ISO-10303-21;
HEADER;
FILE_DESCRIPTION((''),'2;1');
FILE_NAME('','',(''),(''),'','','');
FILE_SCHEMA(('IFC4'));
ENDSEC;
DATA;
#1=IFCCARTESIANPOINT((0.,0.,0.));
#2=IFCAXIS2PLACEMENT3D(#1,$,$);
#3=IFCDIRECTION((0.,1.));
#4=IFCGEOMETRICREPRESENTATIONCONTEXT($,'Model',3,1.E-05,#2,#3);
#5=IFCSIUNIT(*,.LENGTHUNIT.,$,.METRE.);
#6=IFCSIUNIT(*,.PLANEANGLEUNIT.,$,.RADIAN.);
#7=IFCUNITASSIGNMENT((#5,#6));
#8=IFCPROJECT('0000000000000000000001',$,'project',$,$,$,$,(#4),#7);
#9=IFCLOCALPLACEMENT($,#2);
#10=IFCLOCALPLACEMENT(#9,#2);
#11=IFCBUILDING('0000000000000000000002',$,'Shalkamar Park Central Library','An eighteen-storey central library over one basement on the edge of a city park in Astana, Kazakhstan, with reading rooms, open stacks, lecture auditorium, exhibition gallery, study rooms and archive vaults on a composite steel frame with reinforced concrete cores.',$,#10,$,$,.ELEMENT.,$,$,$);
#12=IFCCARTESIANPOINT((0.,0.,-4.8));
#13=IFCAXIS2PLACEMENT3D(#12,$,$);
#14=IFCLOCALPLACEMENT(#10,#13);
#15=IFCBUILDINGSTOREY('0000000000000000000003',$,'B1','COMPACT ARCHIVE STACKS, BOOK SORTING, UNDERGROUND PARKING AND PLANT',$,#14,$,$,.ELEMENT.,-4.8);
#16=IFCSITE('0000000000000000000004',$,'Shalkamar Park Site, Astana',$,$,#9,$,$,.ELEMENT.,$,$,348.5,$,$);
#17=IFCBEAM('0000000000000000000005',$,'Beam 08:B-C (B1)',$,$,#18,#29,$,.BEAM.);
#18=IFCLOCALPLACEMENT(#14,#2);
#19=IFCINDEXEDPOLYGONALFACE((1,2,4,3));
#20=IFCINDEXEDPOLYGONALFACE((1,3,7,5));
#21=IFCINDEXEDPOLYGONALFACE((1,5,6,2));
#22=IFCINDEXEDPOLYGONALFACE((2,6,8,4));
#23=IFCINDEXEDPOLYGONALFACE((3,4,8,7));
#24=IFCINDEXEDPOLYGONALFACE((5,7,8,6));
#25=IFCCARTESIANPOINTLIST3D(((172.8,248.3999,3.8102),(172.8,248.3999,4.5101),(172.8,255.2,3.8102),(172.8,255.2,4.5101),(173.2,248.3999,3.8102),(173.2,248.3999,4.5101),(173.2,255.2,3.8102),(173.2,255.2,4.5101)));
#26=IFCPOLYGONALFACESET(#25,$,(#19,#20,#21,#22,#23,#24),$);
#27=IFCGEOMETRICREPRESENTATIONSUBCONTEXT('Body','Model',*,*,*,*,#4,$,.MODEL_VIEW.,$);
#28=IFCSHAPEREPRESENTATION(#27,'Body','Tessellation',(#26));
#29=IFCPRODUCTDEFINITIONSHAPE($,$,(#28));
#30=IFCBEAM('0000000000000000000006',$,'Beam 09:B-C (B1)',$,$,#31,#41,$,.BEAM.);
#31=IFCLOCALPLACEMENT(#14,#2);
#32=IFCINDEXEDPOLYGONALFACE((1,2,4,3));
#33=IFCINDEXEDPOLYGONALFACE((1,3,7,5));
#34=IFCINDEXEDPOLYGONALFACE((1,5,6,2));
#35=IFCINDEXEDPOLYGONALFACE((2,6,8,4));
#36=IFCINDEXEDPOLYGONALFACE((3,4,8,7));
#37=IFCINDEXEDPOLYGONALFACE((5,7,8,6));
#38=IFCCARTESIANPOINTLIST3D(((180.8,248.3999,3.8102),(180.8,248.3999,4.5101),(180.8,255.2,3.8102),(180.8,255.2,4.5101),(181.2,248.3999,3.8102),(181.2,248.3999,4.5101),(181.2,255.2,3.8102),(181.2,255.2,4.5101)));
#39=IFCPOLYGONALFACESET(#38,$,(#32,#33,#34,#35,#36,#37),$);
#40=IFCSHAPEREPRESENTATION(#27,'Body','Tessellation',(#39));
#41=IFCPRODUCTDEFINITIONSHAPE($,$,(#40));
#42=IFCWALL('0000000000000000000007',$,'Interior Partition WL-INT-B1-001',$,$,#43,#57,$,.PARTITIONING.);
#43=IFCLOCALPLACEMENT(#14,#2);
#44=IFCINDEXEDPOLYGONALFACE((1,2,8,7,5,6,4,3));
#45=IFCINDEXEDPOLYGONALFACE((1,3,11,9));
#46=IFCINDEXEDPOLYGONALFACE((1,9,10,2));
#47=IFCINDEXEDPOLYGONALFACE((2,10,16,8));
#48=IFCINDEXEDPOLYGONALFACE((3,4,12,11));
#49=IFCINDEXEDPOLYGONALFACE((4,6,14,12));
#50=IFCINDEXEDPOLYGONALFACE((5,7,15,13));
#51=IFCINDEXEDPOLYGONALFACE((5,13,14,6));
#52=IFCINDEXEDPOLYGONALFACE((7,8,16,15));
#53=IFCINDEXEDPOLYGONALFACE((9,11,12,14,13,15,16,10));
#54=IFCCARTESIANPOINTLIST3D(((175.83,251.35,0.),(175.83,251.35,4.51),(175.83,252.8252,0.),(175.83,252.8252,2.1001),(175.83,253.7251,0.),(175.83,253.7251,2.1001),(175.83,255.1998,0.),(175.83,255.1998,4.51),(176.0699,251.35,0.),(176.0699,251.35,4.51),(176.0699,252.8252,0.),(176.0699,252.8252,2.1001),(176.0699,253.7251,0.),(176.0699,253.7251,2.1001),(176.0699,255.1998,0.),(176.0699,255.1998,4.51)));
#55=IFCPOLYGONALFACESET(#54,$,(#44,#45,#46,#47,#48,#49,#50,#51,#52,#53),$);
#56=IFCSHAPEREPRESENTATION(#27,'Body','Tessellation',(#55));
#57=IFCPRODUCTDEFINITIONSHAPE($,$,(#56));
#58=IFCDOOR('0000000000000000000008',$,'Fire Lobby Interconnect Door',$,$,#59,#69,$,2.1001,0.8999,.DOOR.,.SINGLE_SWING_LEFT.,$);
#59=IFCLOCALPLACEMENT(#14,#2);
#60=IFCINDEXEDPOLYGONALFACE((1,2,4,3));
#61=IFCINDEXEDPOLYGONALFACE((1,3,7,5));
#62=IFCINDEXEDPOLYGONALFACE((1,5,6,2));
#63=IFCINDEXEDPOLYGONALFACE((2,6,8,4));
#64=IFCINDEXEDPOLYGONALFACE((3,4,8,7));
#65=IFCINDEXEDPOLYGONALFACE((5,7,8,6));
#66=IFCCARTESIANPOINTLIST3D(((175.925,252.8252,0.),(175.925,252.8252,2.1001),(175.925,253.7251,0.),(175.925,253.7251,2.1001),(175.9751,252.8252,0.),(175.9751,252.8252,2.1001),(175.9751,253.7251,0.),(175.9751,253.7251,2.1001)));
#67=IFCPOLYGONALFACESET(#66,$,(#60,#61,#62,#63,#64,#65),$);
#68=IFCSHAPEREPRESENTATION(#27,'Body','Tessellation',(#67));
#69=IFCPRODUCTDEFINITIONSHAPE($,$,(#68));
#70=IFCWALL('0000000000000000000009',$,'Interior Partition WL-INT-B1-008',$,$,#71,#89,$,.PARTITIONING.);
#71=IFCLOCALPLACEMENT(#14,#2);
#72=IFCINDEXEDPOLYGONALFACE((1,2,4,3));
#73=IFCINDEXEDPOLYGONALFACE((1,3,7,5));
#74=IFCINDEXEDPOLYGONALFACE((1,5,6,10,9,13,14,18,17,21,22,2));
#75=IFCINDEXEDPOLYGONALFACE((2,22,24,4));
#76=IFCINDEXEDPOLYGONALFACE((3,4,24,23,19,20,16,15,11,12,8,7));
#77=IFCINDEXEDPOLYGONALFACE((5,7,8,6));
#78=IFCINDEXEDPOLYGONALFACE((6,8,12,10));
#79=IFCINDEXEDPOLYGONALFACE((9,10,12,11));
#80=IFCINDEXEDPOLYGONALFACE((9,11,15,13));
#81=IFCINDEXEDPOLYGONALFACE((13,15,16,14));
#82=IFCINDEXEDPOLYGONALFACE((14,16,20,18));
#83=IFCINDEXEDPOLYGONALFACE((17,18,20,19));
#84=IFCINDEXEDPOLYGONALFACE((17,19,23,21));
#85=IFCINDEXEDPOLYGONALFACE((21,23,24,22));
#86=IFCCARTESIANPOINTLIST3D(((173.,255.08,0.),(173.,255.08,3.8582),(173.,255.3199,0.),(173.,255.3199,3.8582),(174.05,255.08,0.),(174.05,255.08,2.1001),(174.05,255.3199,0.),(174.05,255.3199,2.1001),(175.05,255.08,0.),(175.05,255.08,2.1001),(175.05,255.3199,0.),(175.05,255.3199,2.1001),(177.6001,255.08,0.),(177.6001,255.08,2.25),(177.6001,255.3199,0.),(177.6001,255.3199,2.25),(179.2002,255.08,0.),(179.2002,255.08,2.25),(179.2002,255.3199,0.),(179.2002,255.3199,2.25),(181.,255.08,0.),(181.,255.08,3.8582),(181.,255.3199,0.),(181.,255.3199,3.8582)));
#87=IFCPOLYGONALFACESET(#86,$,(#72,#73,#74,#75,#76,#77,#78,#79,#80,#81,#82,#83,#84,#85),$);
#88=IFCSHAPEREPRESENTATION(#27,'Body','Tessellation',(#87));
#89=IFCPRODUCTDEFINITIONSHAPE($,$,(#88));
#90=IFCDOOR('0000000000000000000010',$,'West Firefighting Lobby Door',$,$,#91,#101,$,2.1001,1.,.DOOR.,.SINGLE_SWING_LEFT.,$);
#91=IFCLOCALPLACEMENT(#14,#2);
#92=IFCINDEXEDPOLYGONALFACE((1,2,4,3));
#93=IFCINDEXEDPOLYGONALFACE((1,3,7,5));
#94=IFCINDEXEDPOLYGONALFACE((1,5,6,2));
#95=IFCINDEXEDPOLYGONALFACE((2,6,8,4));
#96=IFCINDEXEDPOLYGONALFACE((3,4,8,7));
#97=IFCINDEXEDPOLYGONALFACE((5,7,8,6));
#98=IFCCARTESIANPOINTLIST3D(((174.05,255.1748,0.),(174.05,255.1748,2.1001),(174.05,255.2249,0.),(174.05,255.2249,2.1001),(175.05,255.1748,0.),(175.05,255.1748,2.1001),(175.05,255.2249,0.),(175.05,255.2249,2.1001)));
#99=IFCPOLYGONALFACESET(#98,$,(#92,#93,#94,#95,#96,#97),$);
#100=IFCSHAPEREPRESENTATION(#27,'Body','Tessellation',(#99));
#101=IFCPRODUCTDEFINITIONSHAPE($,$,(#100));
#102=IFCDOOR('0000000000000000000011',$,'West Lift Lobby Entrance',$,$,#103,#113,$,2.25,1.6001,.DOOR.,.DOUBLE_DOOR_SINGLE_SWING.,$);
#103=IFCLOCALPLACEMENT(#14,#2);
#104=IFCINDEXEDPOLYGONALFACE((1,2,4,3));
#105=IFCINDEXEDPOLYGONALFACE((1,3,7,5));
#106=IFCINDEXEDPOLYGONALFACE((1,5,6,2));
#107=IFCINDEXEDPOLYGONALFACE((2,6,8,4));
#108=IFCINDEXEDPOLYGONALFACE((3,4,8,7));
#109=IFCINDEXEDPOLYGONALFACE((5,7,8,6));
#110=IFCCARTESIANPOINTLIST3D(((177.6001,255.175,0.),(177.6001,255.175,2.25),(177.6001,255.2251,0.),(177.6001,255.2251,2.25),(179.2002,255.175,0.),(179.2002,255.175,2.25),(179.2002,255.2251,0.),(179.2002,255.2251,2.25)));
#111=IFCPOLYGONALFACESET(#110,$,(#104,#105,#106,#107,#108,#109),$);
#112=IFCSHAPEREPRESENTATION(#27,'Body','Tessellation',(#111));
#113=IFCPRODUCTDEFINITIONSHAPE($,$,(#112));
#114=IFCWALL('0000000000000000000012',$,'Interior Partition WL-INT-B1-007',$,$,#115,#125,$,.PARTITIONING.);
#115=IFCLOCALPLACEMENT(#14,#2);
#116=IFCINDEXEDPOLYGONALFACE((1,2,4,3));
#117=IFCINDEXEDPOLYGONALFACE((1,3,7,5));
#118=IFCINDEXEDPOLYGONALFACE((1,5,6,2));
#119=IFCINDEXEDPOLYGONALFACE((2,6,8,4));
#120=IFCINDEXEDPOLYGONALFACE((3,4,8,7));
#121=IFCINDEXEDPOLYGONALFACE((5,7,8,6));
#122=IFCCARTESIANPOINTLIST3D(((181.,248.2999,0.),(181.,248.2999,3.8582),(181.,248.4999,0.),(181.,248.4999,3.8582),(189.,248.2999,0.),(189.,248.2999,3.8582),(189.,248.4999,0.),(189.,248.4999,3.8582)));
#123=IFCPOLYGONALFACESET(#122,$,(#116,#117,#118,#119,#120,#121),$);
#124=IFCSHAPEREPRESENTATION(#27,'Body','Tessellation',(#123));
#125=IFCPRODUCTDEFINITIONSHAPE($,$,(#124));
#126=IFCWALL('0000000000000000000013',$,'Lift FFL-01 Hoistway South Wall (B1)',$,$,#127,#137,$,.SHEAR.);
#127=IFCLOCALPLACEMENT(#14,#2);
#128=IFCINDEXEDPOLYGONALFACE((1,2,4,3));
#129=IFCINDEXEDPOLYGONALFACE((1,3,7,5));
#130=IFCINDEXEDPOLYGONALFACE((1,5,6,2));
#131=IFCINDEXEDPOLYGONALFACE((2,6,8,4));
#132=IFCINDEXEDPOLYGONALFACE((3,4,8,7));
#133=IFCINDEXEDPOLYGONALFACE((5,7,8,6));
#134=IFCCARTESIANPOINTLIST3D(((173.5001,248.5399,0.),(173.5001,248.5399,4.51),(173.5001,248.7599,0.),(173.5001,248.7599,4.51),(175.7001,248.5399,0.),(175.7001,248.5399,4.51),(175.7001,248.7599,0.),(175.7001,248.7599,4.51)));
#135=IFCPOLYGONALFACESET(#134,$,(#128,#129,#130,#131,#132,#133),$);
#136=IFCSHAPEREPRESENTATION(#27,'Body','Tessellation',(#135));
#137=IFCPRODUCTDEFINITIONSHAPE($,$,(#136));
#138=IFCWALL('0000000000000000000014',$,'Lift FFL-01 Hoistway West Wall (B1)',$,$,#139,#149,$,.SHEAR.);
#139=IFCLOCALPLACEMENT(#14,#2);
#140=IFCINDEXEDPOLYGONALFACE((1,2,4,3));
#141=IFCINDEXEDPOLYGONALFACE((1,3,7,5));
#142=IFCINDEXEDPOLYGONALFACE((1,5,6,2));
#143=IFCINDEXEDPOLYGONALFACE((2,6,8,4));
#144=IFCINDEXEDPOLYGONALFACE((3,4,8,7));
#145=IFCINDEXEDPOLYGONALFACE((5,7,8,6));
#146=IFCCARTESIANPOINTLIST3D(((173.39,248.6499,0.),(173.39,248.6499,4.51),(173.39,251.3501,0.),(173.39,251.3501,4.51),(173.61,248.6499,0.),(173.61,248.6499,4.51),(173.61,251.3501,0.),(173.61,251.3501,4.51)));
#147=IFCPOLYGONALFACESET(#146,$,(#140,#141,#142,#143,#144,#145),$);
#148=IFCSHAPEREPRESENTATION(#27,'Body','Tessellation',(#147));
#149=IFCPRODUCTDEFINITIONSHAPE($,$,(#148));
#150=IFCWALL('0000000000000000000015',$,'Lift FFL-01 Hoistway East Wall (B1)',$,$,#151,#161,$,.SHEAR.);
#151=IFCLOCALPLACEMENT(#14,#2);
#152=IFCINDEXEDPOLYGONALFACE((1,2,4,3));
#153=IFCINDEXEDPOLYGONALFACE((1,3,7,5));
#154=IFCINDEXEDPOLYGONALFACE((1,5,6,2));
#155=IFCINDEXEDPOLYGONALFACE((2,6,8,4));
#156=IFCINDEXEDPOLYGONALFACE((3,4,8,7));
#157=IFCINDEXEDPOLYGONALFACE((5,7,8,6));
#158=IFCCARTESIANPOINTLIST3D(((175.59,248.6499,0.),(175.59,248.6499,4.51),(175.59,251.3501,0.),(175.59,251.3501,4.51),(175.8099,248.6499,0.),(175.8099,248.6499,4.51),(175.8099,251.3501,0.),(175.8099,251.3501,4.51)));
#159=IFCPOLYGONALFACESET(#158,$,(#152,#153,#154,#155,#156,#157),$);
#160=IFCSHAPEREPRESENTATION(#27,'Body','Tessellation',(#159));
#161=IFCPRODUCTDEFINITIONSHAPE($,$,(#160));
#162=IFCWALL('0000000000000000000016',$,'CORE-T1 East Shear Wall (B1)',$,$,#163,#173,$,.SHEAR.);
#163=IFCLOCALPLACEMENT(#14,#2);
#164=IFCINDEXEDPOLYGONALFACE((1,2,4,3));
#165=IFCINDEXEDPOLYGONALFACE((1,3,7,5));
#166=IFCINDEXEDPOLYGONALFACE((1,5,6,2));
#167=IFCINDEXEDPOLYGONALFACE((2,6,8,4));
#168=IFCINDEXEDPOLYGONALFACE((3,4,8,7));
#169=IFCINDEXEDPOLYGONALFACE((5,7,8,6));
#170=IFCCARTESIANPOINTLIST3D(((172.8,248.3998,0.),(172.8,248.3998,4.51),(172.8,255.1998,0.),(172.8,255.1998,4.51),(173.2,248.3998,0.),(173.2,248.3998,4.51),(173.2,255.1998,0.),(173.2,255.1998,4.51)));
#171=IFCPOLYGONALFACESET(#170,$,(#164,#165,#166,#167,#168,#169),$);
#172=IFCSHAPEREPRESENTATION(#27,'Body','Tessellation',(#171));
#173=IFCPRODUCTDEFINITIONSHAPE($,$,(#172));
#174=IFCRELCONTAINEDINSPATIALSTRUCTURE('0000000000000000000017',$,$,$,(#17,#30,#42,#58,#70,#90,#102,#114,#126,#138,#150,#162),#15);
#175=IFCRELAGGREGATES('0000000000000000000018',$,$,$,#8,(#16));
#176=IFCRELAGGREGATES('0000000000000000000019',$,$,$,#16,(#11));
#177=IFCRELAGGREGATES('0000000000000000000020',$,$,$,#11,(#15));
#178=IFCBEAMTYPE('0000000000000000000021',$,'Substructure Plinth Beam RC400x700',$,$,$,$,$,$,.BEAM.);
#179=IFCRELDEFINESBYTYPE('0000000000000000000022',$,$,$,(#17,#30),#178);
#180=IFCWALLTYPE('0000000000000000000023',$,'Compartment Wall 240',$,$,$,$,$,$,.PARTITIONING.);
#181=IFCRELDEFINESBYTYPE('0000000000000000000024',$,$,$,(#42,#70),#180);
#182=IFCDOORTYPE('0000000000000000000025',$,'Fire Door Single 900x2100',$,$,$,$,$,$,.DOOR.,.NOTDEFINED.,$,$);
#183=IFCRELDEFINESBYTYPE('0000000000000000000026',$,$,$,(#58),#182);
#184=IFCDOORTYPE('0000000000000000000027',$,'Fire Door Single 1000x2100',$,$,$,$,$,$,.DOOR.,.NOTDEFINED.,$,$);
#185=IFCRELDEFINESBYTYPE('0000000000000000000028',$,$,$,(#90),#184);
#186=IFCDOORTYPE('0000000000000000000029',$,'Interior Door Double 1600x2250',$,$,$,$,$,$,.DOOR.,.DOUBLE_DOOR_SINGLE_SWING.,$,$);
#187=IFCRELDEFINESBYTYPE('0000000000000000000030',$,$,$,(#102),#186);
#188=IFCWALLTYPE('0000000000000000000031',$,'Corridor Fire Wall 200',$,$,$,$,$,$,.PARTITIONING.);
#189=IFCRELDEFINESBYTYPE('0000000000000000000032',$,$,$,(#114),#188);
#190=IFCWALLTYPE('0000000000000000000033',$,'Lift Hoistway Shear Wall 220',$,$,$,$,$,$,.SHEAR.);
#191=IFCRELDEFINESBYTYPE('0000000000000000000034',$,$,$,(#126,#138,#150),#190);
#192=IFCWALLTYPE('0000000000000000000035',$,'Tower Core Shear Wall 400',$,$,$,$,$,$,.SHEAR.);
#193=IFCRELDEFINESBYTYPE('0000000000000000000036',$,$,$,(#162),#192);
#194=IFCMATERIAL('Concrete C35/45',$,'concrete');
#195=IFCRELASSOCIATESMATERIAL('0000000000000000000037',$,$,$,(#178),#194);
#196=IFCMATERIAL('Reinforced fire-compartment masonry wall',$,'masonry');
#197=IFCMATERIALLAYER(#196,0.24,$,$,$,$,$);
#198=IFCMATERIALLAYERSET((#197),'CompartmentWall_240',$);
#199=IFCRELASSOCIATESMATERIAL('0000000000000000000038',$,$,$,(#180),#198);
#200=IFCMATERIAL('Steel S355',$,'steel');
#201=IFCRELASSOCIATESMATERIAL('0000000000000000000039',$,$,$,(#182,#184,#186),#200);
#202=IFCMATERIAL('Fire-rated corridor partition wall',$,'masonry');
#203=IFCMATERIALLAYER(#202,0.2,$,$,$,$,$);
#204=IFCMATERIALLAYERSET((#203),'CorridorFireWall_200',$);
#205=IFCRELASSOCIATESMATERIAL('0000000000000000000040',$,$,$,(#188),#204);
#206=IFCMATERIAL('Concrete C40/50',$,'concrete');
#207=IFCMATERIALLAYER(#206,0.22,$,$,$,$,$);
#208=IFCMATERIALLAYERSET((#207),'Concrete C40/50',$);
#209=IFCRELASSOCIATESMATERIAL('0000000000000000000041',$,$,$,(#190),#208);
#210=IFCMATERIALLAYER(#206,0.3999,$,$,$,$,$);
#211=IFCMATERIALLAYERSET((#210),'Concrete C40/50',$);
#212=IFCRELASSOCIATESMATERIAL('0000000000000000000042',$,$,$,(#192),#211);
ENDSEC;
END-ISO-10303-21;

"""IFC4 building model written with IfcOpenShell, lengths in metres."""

from ifc_helpers import new_model, si_unit, direction, frame, frame_2d, origin, origin_2d, place, context, subcontext, project, spatial, rectangle, extrude, material, layer, layer_set, material_profile, profile_set, type_object, element, fill, save


model = new_model("IFC4")

# Units and contexts
model_context = context("Model", 3, precision=1e-05, world=origin(), true_north=direction((0.0, 1.0)))
body_context = subcontext(model_context, "Body", "Model", "MODEL_VIEW")
ifc_project = project(units=[si_unit("LENGTHUNIT", "METRE"), si_unit("PLANEANGLEUNIT", "RADIAN")], contexts=[model_context])

# Site, building, storey
site_placement = place(None, origin())
site = spatial("IfcSite", under=ifc_project, at=site_placement, Name="Shalkamar Park Site, Astana", CompositionType="ELEMENT", RefElevation=348.5)
building_placement = place(site_placement, origin())
building = spatial("IfcBuilding", under=site, at=building_placement, Name="Shalkamar Park Central Library", Description="An eighteen-storey central library over one basement on the edge of a city park in Astana, Kazakhstan, with reading rooms, open stacks, lecture auditorium, exhibition gallery, study rooms and archive vaults on a composite steel frame with reinforced concrete cores.", CompositionType="ELEMENT")
storey_placement = place(building_placement, frame((0.0, 0.0, -4.8)))
storey = spatial("IfcBuildingStorey", under=building, at=storey_placement, Name="B1", Description="COMPACT ARCHIVE STACKS, BOOK SORTING, UNDERGROUND PARKING AND PLANT", CompositionType="ELEMENT", Elevation=-4.8)

# Shared definitions
ifc_material_1 = material(Name="Concrete C35/45", Category="concrete")

# Shared definitions
ifc_material_2 = material(Name="Concrete C40/50", Category="concrete")

# Beams
ifc_material_3 = material(Name="Steel S355", Category="steel")
ifc_material_profile_1 = material_profile(ifc_material_1, rectangle(XDim=0.3999, YDim=0.7, at=origin_2d()), Name="RC 400x700")
ifc_profile_set_1 = profile_set([ifc_material_profile_1], Name="Concrete C35/45")
beam_type_1 = type_object("IfcBeamType", Name="Substructure Plinth Beam RC400x700", PredefinedType="BEAM", material=ifc_profile_set_1)
for number, where, z_axis, x_axis, name in (
    (1, (173.0, 248.3999, 4.1602), (0.0, 1.0, 0.0), (-1.0, 0.0, 0.0), "Beam 08:B-C (B1)"),
    (2, (181.0, 248.3999, 4.1602), (0.0, 1.0, 0.0), (-1.0, 0.0, 0.0), "Beam 09:B-C (B1)"),
):
    element("IfcBeam", number, at=place(storey_placement, frame(where, z_axis=z_axis, x_axis=x_axis)), inside=storey, type_object=beam_type_1, Name=name, PredefinedType="BEAM", context=body_context, shape_type="SweptSolid", body=[
        extrude(rectangle(XDim=0.3999, YDim=0.7, at=origin_2d()), origin(), (0.0, 0.0, 1.0), 6.8),
    ])

# Wall, opening, door
ifc_material_4 = material(Name="Reinforced fire-compartment masonry wall", Category="masonry")
ifc_layer_1 = layer(ifc_material_4, 0.24)
ifc_layer_set_1 = layer_set([ifc_layer_1], Name="CompartmentWall_240")
wall_type_1 = type_object("IfcWallType", Name="Compartment Wall 240", PredefinedType="PARTITIONING", material=ifc_layer_set_1)
wall_1_placement = place(storey_placement, frame((175.95, 251.3501, 0.0), z_axis=(0.0, 0.0, 1.0), x_axis=(0.0, 1.0, 0.0)))
wall_1 = element("IfcWall", 3, at=wall_1_placement, inside=storey, type_object=wall_type_1, Name="Interior Partition WL-INT-B1-001", PredefinedType="PARTITIONING", context=body_context, shape_type="SweptSolid", body=[
    extrude(rectangle(XDim=3.8499, YDim=0.24, at=frame_2d((1.9248, 0.0))), origin(), (0.0, 0.0, 1.0), 4.51),
])
opening_1_placement = place(wall_1_placement, frame((1.4751, 0.0, 0.0)))
opening_1 = element("IfcOpeningElement", 4, at=opening_1_placement, cuts=wall_1, PredefinedType="OPENING", context=body_context, shape_type="SweptSolid", body=[
    extrude(rectangle(XDim=0.8999, YDim=2.1001, at=frame_2d((0.45, 1.05))), frame((0.0, 0.1348, 0.0), z_axis=(0.0, -1.0, 0.0), x_axis=(1.0, 0.0, 0.0)), (0.0, 0.0, 1.0), 0.2698),
])
door_type_1 = type_object("IfcDoorType", Name="Fire Door Single 900x2100", OperationType="NOTDEFINED", PredefinedType="DOOR", material=ifc_material_3)
door_1_placement = place(opening_1_placement, origin())
door_1 = element("IfcDoor", 5, at=door_1_placement, inside=storey, type_object=door_type_1, Name="Fire Lobby Interconnect Door", OperationType="SINGLE_SWING_LEFT", OverallHeight=2.1001, OverallWidth=0.8999, PredefinedType="DOOR", context=body_context, shape_type="SweptSolid", body=[
    extrude(rectangle(XDim=0.8999, YDim=2.1001, at=frame_2d((0.45, 1.05))), frame((0.0, 0.0249, 0.0), z_axis=(0.0, -1.0, 0.0), x_axis=(1.0, 0.0, 0.0)), (0.0, 0.0, 1.0), 0.05),
])
fill(opening_1, door_1)

# Wall, openings, doors
wall_2_placement = place(storey_placement, frame((173.0, 255.2, 0.0), z_axis=(0.0, 0.0, 1.0), x_axis=(1.0, 0.0, 0.0)))
wall_2 = element("IfcWall", 6, at=wall_2_placement, inside=storey, type_object=wall_type_1, Name="Interior Partition WL-INT-B1-008", PredefinedType="PARTITIONING", context=body_context, shape_type="SweptSolid", body=[
    extrude(rectangle(XDim=8.0, YDim=0.24, at=frame_2d((4.0, 0.0))), origin(), (0.0, 0.0, 1.0), 3.8582),
])
opening_2_placement = place(wall_2_placement, frame((1.05, 0.0, 0.0)))
opening_2 = element("IfcOpeningElement", 7, at=opening_2_placement, cuts=wall_2, PredefinedType="OPENING", context=body_context, shape_type="SweptSolid", body=[
    extrude(rectangle(XDim=1.0, YDim=2.1001, at=frame_2d((0.5, 1.05))), frame((0.0, 0.1348, 0.0), z_axis=(0.0, -1.0, 0.0), x_axis=(1.0, 0.0, 0.0)), (0.0, 0.0, 1.0), 0.2698),
])
opening_3_placement = place(wall_2_placement, frame((4.6001, 0.0, 0.0)))
opening_3 = element("IfcOpeningElement", 8, at=opening_3_placement, cuts=wall_2, PredefinedType="OPENING", context=body_context, shape_type="SweptSolid", body=[
    extrude(rectangle(XDim=1.6001, YDim=2.25, at=frame_2d((0.8, 1.125))), frame((0.0, 0.1348, 0.0), z_axis=(0.0, -1.0, 0.0), x_axis=(1.0, 0.0, 0.0)), (0.0, 0.0, 1.0), 0.2698),
])
door_type_2 = type_object("IfcDoorType", Name="Fire Door Single 1000x2100", OperationType="NOTDEFINED", PredefinedType="DOOR", material=ifc_material_3)
door_2_placement = place(opening_2_placement, origin())
door_2 = element("IfcDoor", 9, at=door_2_placement, inside=storey, type_object=door_type_2, Name="West Firefighting Lobby Door", OperationType="SINGLE_SWING_LEFT", OverallHeight=2.1001, OverallWidth=1.0, PredefinedType="DOOR", context=body_context, shape_type="SweptSolid", body=[
    extrude(rectangle(XDim=1.0, YDim=2.1001, at=frame_2d((0.5, 1.05))), frame((0.0, 0.0249, 0.0), z_axis=(0.0, -1.0, 0.0), x_axis=(1.0, 0.0, 0.0)), (0.0, 0.0, 1.0), 0.05),
])
fill(opening_2, door_2)
door_type_3 = type_object("IfcDoorType", Name="Interior Door Double 1600x2250", OperationType="DOUBLE_DOOR_SINGLE_SWING", PredefinedType="DOOR", material=ifc_material_3)
door_3_placement = place(opening_3_placement, frame((1.6001, 0.0, 0.0), z_axis=(0.0, 0.0, 1.0), x_axis=(-1.0, 0.0, 0.0)))
door_3 = element("IfcDoor", 10, at=door_3_placement, inside=storey, type_object=door_type_3, Name="West Lift Lobby Entrance", OperationType="DOUBLE_DOOR_SINGLE_SWING", OverallHeight=2.25, OverallWidth=1.6001, PredefinedType="DOOR", context=body_context, shape_type="SweptSolid", body=[
    extrude(rectangle(XDim=1.6001, YDim=2.25, at=frame_2d((0.8, 1.125))), frame((0.0, 0.0249, 0.0), z_axis=(0.0, -1.0, 0.0), x_axis=(1.0, 0.0, 0.0)), (0.0, 0.0, 1.0), 0.05),
])
fill(opening_3, door_3)

# Walls
ifc_material_5 = material(Name="Fire-rated corridor partition wall", Category="masonry")
ifc_layer_2 = layer(ifc_material_5, 0.2)
ifc_layer_set_2 = layer_set([ifc_layer_2], Name="CorridorFireWall_200")
wall_type_2 = type_object("IfcWallType", Name="Corridor Fire Wall 200", PredefinedType="PARTITIONING", material=ifc_layer_set_2)
wall_3_placement = place(storey_placement, frame((181.0, 248.3999, 0.0), z_axis=(0.0, 0.0, 1.0), x_axis=(1.0, 0.0, 0.0)))
element("IfcWall", 11, at=wall_3_placement, inside=storey, type_object=wall_type_2, Name="Interior Partition WL-INT-B1-007", PredefinedType="PARTITIONING", context=body_context, shape_type="SweptSolid", body=[
    extrude(rectangle(XDim=8.0, YDim=0.2, at=frame_2d((4.0, 0.0))), origin(), (0.0, 0.0, 1.0), 3.8582),
])
ifc_layer_3 = layer(ifc_material_2, 0.22)
ifc_layer_set_3 = layer_set([ifc_layer_3], Name="Concrete C40/50")
wall_type_3 = type_object("IfcWallType", Name="Lift Hoistway Shear Wall 220", PredefinedType="SHEAR", material=ifc_layer_set_3)
wall_4_placement = place(storey_placement, frame((173.5, 248.6499, 0.0), z_axis=(0.0, 0.0, 1.0), x_axis=(1.0, 0.0, 0.0)))
element("IfcWall", 12, at=wall_4_placement, inside=storey, type_object=wall_type_3, Name="Lift FFL-01 Hoistway South Wall (B1)", PredefinedType="SHEAR", context=body_context, shape_type="SweptSolid", body=[
    extrude(rectangle(XDim=2.2, YDim=0.22, at=frame_2d((1.1001, 0.0))), origin(), (0.0, 0.0, 1.0), 4.51),
])
for number, where, z_axis, x_axis, name in (
    (13, (173.5, 248.6499, 0.0), (0.0, 0.0, 1.0), (0.0, 1.0, 0.0), "Lift FFL-01 Hoistway West Wall (B1)"),
    (14, (175.7, 248.6499, 0.0), (0.0, 0.0, 1.0), (0.0, 1.0, 0.0), "Lift FFL-01 Hoistway East Wall (B1)"),
):
    element("IfcWall", number, at=place(storey_placement, frame(where, z_axis=z_axis, x_axis=x_axis)), inside=storey, type_object=wall_type_3, Name=name, PredefinedType="SHEAR", context=body_context, shape_type="SweptSolid", body=[
        extrude(rectangle(XDim=2.7002, YDim=0.22, at=frame_2d((1.3501, 0.0))), origin(), (0.0, 0.0, 1.0), 4.51),
    ])

# Wall
ifc_layer_4 = layer(ifc_material_2, 0.3999)
ifc_layer_set_4 = layer_set([ifc_layer_4], Name="Concrete C40/50")
wall_type_4 = type_object("IfcWallType", Name="Tower Core Shear Wall 400", PredefinedType="SHEAR", material=ifc_layer_set_4)
wall_5_placement = place(storey_placement, frame((173.0, 248.3999, 0.0), z_axis=(0.0, 0.0, 1.0), x_axis=(0.0, 1.0, 0.0)))
element("IfcWall", 15, at=wall_5_placement, inside=storey, type_object=wall_type_4, Name="CORE-T1 East Shear Wall (B1)", PredefinedType="SHEAR", context=body_context, shape_type="SweptSolid", body=[
    extrude(rectangle(XDim=6.8, YDim=0.3999, at=frame_2d((3.3999, 0.0))), origin(), (0.0, 0.0, 1.0), 4.51),
])

save(model, "model.ifc")
